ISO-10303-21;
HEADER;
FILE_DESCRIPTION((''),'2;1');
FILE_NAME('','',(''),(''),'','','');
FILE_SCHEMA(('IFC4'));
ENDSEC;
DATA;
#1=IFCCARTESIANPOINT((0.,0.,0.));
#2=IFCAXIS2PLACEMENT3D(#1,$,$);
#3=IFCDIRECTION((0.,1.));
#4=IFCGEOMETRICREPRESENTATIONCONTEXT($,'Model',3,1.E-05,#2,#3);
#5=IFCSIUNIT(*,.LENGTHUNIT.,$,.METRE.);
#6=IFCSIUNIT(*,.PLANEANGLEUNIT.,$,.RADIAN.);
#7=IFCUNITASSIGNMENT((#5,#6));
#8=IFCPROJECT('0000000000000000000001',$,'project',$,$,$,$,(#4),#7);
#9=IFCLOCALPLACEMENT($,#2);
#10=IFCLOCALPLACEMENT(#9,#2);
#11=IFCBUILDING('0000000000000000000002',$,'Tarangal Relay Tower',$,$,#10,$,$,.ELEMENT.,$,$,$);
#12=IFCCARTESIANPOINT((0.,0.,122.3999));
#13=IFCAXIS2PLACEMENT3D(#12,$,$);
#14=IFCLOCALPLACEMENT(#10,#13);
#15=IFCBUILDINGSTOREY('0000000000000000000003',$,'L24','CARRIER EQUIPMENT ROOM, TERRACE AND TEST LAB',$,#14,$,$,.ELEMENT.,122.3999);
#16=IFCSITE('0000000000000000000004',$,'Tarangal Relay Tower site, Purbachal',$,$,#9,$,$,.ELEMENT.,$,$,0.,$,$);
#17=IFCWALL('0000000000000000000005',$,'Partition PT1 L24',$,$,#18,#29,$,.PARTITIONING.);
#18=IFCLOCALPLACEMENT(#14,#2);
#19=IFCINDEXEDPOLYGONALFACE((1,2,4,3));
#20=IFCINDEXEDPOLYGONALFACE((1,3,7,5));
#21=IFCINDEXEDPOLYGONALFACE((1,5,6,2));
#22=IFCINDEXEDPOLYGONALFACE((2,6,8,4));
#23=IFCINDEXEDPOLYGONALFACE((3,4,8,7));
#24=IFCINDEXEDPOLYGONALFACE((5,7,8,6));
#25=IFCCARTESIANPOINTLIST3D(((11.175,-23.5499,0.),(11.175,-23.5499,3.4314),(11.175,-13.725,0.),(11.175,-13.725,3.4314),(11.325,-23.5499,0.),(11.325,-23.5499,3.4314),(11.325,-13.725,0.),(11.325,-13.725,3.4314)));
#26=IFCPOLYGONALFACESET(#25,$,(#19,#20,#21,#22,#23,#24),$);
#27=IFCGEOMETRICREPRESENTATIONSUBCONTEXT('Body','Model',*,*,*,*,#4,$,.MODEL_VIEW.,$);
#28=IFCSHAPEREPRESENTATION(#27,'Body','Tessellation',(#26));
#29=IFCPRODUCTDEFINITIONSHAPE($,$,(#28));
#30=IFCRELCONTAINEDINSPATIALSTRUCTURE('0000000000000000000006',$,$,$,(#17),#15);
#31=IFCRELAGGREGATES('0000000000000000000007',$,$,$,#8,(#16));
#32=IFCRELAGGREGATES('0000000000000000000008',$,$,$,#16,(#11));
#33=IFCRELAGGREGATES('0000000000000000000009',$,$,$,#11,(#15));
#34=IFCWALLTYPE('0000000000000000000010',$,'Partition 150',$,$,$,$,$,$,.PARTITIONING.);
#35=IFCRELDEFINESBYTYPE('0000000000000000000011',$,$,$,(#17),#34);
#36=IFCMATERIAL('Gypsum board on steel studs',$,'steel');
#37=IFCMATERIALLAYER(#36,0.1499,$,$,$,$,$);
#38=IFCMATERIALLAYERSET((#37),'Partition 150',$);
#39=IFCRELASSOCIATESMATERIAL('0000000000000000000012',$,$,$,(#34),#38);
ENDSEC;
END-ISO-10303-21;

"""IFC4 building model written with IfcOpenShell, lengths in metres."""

from ifc_helpers import new_model, si_unit, direction, frame, frame_2d, origin, place, context, subcontext, project, spatial, rectangle, extrude, material, layer, layer_set, type_object, element, save


model = new_model("IFC4")

# Units and contexts
model_context = context("Model", 3, precision=1e-05, world=origin(), true_north=direction((0.0, 1.0)))
body_context = subcontext(model_context, "Body", "Model", "MODEL_VIEW")
ifc_project = project(units=[si_unit("LENGTHUNIT", "METRE"), si_unit("PLANEANGLEUNIT", "RADIAN")], contexts=[model_context])

# Site, building, storey
site_placement = place(None, origin())
site = spatial("IfcSite", under=ifc_project, at=site_placement, Name="Tarangal Relay Tower site, Purbachal", CompositionType="ELEMENT", RefElevation=0.0)
building_placement = place(site_placement, origin())
building = spatial("IfcBuilding", under=site, at=building_placement, Name="Tarangal Relay Tower", CompositionType="ELEMENT")
storey_placement = place(building_placement, frame((0.0, 0.0, 122.3999)))
storey = spatial("IfcBuildingStorey", under=building, at=storey_placement, Name="L24", Description="CARRIER EQUIPMENT ROOM, TERRACE AND TEST LAB", CompositionType="ELEMENT", Elevation=122.3999)

# Wall
ifc_material_1 = material(Name="Gypsum board on steel studs", Category="steel")
ifc_layer_1 = layer(ifc_material_1, 0.1499)
ifc_layer_set_1 = layer_set([ifc_layer_1], Name="Partition 150")
wall_type_1 = type_object("IfcWallType", Name="Partition 150", PredefinedType="PARTITIONING", material=ifc_layer_set_1)
wall_1_placement = place(storey_placement, frame((11.25, -23.55, 0.0), z_axis=(0.0, 0.0, 1.0), x_axis=(0.0, 1.0, 0.0)))
element("IfcWall", 1, at=wall_1_placement, inside=storey, type_object=wall_type_1, Name="Partition PT1 L24", PredefinedType="PARTITIONING", context=body_context, shape_type="SweptSolid", body=[
    extrude(rectangle(XDim=9.825, YDim=0.1499, at=frame_2d((4.9126, 0.0))), origin(), (0.0, 0.0, 1.0), 3.4314),
])

save(model, "model.ifc")
